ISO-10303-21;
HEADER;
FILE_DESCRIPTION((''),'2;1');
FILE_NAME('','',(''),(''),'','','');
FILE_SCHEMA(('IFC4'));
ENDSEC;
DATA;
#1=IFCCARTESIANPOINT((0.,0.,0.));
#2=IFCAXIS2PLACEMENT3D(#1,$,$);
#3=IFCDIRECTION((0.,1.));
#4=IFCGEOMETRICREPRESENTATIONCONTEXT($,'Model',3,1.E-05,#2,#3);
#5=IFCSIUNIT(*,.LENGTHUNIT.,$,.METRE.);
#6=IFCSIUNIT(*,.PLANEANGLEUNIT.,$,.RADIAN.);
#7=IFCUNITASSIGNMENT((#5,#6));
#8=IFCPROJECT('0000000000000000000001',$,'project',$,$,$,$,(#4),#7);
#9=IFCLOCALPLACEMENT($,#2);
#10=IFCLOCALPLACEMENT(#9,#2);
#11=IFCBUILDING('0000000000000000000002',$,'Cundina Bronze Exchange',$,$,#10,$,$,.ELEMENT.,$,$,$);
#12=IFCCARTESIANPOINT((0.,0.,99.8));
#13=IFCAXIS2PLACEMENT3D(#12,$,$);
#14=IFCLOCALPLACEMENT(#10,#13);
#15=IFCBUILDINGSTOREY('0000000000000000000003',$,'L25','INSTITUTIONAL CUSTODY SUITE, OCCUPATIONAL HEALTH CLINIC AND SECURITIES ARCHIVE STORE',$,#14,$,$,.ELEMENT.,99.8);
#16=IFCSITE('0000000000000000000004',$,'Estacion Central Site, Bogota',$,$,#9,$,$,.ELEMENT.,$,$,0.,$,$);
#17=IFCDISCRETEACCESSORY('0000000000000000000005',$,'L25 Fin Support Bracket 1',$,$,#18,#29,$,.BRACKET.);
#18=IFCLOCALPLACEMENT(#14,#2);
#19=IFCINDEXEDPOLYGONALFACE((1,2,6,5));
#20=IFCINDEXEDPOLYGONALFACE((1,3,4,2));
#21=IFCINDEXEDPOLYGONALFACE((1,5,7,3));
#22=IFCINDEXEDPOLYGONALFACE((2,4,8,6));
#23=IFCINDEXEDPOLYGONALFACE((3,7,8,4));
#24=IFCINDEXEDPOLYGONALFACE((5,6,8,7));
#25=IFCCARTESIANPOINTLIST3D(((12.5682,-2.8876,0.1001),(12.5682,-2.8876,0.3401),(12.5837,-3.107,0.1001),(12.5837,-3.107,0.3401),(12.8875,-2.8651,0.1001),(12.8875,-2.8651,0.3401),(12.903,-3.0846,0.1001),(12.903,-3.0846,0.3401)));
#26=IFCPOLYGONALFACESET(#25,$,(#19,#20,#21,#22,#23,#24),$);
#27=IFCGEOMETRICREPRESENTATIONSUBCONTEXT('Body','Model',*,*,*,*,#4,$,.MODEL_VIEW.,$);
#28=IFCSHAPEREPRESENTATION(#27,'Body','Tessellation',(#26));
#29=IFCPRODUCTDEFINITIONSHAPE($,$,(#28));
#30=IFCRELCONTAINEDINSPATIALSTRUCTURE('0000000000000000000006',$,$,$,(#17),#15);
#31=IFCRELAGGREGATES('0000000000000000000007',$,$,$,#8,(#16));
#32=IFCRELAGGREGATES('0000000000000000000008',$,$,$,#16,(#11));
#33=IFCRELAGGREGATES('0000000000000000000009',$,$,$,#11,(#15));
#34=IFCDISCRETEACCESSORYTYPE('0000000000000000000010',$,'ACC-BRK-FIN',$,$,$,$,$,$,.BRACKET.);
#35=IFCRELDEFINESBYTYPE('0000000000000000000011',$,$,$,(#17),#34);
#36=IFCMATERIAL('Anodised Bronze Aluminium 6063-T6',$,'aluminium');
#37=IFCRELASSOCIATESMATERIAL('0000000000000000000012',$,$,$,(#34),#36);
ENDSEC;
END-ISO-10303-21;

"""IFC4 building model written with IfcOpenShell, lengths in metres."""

from ifc_helpers import new_model, si_unit, direction, frame, origin, origin_2d, place, context, subcontext, project, spatial, rectangle, extrude, material, type_object, element, save


model = new_model("IFC4")

# Units and contexts
model_context = context("Model", 3, precision=1e-05, world=origin(), true_north=direction((0.0, 1.0)))
body_context = subcontext(model_context, "Body", "Model", "MODEL_VIEW")
ifc_project = project(units=[si_unit("LENGTHUNIT", "METRE"), si_unit("PLANEANGLEUNIT", "RADIAN")], contexts=[model_context])

# Site, building, storey
site_placement = place(None, origin())
site = spatial("IfcSite", under=ifc_project, at=site_placement, Name="Estacion Central Site, Bogota", CompositionType="ELEMENT", RefElevation=0.0)
building_placement = place(site_placement, origin())
building = spatial("IfcBuilding", under=site, at=building_placement, Name="Cundina Bronze Exchange", CompositionType="ELEMENT")
storey_placement = place(building_placement, frame((0.0, 0.0, 99.8)))
storey = spatial("IfcBuildingStorey", under=building, at=storey_placement, Name="L25", Description="INSTITUTIONAL CUSTODY SUITE, OCCUPATIONAL HEALTH CLINIC AND SECURITIES ARCHIVE STORE", CompositionType="ELEMENT", Elevation=99.8)

# Shared definitions
ifc_material_1 = material(Name="Anodised Bronze Aluminium 6063-T6", Category="aluminium")

# Discrete accessory
discrete_accessory_type = type_object("IfcDiscreteAccessoryType", Name="ACC-BRK-FIN", PredefinedType="BRACKET", material=ifc_material_1)
discrete_accessory_placement = place(storey_placement, frame((12.7356, -2.9861, 0.1001), z_axis=(0.0, 0.0, 1.0), x_axis=(0.070279, -0.997527, 0.0)))
element("IfcDiscreteAccessory", 1, at=discrete_accessory_placement, inside=storey, type_object=discrete_accessory_type, Name="L25 Fin Support Bracket 1", PredefinedType="BRACKET", context=body_context, shape_type="SweptSolid", body=[
    extrude(rectangle(XDim=0.22, YDim=0.3201, at=origin_2d()), origin(), (0.0, 0.0, 1.0), 0.24),
])

save(model, "model.ifc")
